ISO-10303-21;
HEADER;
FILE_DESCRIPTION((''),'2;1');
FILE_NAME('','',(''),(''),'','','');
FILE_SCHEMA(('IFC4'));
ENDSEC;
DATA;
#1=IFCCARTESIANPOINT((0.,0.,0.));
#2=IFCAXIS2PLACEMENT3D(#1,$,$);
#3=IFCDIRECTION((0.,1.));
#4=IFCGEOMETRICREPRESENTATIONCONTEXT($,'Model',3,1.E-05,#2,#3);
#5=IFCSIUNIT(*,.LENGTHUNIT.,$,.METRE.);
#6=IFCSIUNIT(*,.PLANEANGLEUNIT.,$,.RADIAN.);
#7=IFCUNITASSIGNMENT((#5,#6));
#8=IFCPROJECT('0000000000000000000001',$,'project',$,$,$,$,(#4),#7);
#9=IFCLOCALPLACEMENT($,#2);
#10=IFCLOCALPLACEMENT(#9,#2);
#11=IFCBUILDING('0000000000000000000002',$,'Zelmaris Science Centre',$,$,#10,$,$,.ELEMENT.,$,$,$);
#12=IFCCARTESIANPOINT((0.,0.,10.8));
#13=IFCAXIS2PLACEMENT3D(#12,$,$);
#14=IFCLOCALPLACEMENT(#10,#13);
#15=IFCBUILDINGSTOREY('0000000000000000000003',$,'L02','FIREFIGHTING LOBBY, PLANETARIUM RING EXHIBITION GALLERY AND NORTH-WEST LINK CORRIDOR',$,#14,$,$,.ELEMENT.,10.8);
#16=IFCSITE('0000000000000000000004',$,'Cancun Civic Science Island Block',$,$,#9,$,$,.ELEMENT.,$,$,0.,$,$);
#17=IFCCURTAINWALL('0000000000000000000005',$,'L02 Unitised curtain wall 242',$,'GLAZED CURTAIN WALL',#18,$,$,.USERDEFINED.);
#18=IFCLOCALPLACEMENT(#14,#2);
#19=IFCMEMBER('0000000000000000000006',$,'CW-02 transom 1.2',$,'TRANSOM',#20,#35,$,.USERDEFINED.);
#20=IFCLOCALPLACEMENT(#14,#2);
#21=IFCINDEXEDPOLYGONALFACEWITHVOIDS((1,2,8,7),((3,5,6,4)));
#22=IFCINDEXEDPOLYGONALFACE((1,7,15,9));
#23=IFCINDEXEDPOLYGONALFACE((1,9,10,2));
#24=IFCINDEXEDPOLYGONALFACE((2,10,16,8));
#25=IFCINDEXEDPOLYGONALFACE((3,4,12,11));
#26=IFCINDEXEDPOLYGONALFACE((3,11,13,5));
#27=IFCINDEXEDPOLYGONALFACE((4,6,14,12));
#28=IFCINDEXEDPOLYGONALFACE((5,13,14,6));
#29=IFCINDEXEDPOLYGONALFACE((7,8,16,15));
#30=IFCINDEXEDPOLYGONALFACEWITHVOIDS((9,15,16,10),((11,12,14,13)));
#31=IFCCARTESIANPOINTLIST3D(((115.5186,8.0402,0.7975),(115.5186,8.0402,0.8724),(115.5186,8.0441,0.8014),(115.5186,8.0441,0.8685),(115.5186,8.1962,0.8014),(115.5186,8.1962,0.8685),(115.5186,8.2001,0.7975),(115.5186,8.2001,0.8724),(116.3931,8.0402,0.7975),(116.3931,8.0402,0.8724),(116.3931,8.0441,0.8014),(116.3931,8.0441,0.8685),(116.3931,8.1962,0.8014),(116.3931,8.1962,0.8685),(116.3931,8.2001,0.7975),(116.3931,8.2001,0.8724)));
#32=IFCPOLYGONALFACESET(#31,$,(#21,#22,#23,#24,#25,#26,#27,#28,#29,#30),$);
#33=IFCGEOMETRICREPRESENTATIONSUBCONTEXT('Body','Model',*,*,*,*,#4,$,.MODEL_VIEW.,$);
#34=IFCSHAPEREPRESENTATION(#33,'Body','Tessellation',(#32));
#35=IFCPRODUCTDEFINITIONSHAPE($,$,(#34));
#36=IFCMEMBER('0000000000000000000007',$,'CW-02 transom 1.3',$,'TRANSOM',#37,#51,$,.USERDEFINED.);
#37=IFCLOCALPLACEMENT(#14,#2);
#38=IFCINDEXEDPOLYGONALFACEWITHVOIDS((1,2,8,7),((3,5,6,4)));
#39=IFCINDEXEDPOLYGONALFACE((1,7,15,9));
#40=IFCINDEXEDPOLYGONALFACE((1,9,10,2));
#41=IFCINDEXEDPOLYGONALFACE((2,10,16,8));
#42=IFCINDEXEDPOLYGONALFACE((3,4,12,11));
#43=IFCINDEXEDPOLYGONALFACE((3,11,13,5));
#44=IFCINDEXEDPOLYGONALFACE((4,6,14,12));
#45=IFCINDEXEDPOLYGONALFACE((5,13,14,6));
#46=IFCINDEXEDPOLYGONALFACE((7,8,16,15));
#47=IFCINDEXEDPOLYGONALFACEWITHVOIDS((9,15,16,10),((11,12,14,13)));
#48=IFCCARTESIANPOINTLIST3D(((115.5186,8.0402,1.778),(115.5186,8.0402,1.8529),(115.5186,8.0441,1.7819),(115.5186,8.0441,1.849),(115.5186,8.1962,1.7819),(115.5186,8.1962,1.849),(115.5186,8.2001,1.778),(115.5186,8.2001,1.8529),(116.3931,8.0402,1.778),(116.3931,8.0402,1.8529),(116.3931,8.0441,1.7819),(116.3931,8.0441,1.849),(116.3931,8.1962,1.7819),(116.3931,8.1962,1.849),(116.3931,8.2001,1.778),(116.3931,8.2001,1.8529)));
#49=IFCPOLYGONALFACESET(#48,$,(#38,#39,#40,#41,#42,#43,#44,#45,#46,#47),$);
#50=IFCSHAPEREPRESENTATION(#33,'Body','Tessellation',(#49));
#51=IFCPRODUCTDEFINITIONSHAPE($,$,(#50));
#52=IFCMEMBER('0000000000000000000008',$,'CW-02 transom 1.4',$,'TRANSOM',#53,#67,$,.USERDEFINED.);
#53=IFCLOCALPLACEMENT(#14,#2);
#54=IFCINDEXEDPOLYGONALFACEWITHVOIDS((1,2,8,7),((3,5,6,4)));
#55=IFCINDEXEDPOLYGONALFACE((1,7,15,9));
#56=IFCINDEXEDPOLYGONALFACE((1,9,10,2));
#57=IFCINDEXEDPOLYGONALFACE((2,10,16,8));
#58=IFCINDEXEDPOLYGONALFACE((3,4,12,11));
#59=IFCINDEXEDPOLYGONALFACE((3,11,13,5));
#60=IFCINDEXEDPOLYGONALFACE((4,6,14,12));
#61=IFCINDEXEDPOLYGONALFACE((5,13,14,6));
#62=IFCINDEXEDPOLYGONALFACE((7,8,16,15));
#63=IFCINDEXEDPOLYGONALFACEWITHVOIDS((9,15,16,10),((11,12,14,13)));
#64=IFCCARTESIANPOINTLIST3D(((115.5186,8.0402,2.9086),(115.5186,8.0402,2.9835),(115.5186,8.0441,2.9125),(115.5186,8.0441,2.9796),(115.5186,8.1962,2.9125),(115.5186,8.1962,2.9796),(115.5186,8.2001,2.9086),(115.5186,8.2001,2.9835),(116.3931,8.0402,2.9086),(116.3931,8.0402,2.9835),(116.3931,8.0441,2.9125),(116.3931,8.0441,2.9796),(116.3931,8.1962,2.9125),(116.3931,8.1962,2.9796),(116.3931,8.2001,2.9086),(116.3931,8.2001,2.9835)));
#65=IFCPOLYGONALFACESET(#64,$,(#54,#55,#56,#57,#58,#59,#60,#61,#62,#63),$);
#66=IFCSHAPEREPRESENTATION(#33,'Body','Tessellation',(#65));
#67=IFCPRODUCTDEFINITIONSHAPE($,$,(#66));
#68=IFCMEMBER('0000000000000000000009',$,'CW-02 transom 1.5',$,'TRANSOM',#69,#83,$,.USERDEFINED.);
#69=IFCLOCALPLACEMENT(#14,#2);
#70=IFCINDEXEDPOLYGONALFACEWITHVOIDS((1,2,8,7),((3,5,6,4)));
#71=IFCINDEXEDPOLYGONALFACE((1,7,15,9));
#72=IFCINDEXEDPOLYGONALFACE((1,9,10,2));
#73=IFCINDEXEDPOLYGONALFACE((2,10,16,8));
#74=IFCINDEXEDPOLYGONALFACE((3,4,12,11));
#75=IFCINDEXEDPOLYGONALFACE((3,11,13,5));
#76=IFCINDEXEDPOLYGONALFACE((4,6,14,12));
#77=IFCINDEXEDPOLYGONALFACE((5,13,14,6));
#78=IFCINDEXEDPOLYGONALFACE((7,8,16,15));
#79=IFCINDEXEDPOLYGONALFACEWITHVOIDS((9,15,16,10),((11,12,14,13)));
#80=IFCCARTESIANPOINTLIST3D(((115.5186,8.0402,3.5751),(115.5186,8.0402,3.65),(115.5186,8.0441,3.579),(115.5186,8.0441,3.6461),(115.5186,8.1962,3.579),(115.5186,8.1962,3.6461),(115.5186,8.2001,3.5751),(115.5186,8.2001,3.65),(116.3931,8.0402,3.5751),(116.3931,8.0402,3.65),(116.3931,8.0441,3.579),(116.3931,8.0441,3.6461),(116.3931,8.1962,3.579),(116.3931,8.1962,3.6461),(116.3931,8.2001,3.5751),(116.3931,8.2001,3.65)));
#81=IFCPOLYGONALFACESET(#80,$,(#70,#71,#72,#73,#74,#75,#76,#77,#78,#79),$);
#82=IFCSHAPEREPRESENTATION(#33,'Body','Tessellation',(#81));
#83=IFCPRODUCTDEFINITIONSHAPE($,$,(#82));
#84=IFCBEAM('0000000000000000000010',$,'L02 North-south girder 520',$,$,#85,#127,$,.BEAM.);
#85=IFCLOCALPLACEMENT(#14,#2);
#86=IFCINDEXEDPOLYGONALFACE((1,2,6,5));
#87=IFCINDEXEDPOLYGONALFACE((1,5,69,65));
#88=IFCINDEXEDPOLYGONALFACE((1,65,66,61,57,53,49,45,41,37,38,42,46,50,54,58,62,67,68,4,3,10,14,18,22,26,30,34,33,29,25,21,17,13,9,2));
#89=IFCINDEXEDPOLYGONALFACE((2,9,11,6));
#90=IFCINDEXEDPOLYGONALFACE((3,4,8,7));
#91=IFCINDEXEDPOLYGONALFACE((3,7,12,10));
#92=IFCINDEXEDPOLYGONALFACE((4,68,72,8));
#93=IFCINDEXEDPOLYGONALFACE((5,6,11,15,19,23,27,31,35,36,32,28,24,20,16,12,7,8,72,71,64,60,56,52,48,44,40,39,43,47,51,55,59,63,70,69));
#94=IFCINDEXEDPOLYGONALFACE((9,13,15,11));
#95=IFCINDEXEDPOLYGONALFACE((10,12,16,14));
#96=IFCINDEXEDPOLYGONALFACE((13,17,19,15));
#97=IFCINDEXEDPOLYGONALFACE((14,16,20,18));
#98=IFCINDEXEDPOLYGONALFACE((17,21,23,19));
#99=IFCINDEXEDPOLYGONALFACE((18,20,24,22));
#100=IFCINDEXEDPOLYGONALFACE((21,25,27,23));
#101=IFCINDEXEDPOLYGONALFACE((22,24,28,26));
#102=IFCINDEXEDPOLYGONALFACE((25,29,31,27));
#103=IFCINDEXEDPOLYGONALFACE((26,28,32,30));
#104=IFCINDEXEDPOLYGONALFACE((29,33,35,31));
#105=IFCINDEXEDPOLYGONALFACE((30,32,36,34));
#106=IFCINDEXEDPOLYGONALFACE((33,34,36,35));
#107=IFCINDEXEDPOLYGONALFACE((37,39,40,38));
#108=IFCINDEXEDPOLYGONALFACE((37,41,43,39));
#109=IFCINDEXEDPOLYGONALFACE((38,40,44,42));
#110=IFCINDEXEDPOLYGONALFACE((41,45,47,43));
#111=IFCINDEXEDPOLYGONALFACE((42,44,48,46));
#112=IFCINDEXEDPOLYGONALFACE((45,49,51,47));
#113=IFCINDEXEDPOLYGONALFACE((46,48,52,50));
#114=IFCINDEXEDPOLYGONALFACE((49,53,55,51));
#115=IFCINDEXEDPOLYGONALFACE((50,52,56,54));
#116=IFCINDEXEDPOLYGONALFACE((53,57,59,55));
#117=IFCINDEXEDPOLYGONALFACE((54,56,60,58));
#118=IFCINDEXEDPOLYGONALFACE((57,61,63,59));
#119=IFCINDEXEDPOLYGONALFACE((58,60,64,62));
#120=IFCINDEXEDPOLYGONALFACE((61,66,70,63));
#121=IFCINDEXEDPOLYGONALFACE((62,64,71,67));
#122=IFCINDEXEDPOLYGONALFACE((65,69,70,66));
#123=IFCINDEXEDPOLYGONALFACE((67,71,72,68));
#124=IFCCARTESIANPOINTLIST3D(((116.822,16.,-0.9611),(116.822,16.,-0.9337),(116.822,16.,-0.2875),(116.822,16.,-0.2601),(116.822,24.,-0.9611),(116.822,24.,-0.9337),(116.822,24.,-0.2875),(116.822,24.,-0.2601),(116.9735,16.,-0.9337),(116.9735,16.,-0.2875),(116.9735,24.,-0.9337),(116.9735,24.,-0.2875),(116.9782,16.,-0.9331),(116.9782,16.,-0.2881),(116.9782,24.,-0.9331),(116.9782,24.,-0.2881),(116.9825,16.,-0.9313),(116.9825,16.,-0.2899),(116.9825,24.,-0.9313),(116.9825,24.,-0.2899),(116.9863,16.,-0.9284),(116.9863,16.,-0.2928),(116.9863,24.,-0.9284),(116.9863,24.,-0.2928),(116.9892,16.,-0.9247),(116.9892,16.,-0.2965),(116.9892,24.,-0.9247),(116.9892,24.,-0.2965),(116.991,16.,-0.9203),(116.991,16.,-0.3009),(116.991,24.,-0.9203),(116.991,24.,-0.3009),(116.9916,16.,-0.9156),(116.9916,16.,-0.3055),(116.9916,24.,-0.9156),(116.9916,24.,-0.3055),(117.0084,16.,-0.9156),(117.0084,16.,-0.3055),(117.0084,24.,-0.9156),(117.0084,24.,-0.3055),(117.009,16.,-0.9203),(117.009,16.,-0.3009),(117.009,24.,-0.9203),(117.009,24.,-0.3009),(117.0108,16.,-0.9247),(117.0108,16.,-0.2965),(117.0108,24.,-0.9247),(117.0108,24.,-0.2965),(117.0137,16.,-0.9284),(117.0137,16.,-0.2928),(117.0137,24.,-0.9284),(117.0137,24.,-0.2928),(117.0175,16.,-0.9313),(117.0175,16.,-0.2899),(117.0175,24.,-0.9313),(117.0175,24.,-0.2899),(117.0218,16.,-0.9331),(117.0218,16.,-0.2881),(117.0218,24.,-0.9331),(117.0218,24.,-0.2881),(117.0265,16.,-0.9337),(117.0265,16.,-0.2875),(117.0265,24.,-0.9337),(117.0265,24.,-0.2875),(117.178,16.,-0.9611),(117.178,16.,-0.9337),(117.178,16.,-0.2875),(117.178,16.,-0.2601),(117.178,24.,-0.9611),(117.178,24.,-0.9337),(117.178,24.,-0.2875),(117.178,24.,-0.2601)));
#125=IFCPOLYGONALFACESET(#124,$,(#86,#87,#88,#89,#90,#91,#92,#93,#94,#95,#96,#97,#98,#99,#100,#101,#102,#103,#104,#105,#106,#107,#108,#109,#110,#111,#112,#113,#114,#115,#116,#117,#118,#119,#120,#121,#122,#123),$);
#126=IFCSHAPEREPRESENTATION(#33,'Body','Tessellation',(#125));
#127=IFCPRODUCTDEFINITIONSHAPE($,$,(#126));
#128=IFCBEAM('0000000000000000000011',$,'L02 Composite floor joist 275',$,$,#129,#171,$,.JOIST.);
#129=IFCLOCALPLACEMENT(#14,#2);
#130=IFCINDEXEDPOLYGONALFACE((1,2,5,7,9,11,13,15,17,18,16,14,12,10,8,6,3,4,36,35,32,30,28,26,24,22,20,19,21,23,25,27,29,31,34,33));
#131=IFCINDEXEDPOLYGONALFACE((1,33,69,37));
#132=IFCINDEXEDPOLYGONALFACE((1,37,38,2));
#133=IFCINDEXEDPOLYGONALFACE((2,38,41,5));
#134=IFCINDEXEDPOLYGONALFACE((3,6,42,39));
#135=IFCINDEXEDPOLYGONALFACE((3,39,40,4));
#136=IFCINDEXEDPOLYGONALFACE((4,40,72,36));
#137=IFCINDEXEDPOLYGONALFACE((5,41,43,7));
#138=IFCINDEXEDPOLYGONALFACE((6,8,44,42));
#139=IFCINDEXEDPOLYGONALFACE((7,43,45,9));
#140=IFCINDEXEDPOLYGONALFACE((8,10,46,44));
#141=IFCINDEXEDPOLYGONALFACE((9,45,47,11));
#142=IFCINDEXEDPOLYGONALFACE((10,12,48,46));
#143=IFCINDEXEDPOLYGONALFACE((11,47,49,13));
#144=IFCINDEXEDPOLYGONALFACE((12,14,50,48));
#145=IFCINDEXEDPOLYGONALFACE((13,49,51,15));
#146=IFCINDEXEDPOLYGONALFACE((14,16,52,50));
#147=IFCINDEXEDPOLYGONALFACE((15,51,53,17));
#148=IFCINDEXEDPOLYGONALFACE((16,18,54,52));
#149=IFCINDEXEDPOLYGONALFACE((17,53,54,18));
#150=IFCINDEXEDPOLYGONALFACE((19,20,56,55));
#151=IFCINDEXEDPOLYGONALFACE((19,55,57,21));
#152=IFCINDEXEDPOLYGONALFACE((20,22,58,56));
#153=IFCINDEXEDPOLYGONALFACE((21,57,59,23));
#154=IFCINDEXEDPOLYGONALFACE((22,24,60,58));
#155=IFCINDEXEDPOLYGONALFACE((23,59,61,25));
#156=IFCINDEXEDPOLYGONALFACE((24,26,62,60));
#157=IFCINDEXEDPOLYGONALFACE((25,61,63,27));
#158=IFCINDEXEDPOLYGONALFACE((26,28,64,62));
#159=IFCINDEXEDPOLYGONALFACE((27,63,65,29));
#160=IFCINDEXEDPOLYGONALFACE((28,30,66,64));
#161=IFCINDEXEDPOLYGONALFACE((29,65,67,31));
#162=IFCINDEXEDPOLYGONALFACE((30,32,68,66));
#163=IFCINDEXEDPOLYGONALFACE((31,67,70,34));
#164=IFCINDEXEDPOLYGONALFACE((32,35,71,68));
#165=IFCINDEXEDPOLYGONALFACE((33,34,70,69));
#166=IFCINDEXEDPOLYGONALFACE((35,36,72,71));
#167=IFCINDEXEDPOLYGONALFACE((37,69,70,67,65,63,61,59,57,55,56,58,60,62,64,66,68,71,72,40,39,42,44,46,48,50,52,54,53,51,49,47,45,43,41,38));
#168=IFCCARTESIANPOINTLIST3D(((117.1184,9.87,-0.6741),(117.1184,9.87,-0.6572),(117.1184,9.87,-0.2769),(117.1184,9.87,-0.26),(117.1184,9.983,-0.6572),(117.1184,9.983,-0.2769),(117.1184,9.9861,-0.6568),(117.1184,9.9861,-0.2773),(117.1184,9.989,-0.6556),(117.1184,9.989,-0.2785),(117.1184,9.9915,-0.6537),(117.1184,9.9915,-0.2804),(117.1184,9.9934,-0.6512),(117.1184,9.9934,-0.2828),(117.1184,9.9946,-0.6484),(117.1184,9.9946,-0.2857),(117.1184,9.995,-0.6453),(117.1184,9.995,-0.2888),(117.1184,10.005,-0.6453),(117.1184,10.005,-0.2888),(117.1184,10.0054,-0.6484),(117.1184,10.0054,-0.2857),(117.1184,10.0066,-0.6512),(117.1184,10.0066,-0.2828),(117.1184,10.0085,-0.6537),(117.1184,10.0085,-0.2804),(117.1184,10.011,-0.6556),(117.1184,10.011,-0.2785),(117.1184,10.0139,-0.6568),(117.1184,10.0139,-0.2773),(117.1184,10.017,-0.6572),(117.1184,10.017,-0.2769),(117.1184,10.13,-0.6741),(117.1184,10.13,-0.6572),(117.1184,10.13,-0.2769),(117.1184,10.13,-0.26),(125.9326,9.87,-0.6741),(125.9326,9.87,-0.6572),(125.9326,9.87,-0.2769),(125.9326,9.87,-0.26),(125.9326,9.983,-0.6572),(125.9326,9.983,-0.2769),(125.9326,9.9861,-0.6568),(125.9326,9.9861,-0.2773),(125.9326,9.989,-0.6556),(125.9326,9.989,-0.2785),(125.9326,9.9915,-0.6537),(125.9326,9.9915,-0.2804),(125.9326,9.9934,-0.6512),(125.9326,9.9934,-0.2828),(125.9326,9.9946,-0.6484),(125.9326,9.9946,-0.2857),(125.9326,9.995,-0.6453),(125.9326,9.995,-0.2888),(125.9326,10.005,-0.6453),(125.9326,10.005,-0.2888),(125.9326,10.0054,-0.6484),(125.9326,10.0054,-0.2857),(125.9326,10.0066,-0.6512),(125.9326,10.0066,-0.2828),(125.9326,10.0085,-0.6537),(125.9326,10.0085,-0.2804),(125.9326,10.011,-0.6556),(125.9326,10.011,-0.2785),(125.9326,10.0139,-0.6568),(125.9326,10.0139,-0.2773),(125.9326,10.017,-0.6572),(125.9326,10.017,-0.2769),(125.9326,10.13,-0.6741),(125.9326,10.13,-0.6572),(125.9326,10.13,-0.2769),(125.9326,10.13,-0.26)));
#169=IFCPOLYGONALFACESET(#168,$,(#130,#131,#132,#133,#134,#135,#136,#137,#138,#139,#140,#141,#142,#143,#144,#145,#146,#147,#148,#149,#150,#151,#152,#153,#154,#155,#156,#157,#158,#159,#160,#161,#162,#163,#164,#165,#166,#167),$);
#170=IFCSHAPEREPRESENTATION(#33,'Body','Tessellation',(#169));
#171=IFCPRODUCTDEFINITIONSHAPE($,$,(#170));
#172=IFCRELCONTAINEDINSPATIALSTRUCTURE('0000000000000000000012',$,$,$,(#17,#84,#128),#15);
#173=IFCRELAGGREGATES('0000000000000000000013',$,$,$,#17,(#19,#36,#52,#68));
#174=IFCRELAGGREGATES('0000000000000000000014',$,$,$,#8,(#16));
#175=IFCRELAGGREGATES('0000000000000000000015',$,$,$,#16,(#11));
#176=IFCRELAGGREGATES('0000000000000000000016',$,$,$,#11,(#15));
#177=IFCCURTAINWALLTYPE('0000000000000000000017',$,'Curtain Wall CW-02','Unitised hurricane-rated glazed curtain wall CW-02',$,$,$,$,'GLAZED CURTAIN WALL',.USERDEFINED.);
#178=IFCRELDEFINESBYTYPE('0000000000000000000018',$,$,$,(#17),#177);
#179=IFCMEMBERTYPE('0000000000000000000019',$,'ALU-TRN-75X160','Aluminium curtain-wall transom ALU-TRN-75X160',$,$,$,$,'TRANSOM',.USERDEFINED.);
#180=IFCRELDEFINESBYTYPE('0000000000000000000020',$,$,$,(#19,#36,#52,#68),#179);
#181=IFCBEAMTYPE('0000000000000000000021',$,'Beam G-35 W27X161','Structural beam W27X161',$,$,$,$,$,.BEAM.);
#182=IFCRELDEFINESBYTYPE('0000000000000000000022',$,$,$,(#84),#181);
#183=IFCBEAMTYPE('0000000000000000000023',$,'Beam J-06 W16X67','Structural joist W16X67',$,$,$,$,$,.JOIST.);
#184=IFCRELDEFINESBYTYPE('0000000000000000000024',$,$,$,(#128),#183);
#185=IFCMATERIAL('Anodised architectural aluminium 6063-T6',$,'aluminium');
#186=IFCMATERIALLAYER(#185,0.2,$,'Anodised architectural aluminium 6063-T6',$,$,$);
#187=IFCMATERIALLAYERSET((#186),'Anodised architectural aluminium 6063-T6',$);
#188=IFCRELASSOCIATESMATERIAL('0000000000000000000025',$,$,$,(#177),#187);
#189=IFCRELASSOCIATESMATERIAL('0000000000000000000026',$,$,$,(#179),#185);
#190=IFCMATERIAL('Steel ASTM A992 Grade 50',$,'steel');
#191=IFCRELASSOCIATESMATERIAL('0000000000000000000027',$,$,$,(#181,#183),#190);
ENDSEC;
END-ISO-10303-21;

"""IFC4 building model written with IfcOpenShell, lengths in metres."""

from ifc_helpers import new_model, si_unit, direction, frame, origin, origin_2d, place, context, subcontext, project, spatial, hollow_rectangle, i_section, extrude, material, layer, layer_set, material_profile, profile_set, type_object, element, aggregate, save


model = new_model("IFC4")

# Units and contexts
model_context = context("Model", 3, precision=1e-05, world=origin(), true_north=direction((0.0, 1.0)))
body_context = subcontext(model_context, "Body", "Model", "MODEL_VIEW")
ifc_project = project(units=[si_unit("LENGTHUNIT", "METRE"), si_unit("PLANEANGLEUNIT", "RADIAN")], contexts=[model_context])

# Site, building, storey
site_placement = place(None, origin())
site = spatial("IfcSite", under=ifc_project, at=site_placement, Name="Cancun Civic Science Island Block", CompositionType="ELEMENT", RefElevation=0.0)
building_placement = place(site_placement, origin())
building = spatial("IfcBuilding", under=site, at=building_placement, Name="Zelmaris Science Centre", CompositionType="ELEMENT")
storey_placement = place(building_placement, frame((0.0, 0.0, 10.8)))
storey = spatial("IfcBuildingStorey", under=building, at=storey_placement, Name="L02", Description="FIREFIGHTING LOBBY, PLANETARIUM RING EXHIBITION GALLERY AND NORTH-WEST LINK CORRIDOR", CompositionType="ELEMENT", Elevation=10.8)

# Shared definitions
ifc_material_1 = material(Name="Steel ASTM A992 Grade 50", Category="steel")

# Curtain wall
ifc_material_2 = material(Name="Anodised architectural aluminium 6063-T6", Category="aluminium")
ifc_layer_1 = layer(ifc_material_2, 0.2, Name="Anodised architectural aluminium 6063-T6")
ifc_layer_set_1 = layer_set([ifc_layer_1], Name="Anodised architectural aluminium 6063-T6")
curtain_wall_type_1 = type_object("IfcCurtainWallType", Name="Curtain Wall CW-02", Description="Unitised hurricane-rated glazed curtain wall CW-02", ElementType="GLAZED CURTAIN WALL", PredefinedType="USERDEFINED", material=ifc_layer_set_1)
curtain_wall_1_placement = place(storey_placement, origin())
curtain_wall_1 = element("IfcCurtainWall", 1, at=curtain_wall_1_placement, inside=storey, type_object=curtain_wall_type_1, Name="L02 Unitised curtain wall 242", ObjectType="GLAZED CURTAIN WALL", PredefinedType="USERDEFINED")

# Members
ifc_material_profile_1 = material_profile(ifc_material_2, hollow_rectangle(XDim=0.075, YDim=0.1599, WallThickness=0.0039, at=origin_2d()), Name="ALU-TRN-75X160")
ifc_profile_set_1 = profile_set([ifc_material_profile_1], Name="Anodised architectural aluminium 6063-T6")
member_type_1 = type_object("IfcMemberType", Name="ALU-TRN-75X160", Description="Aluminium curtain-wall transom ALU-TRN-75X160", ElementType="TRANSOM", PredefinedType="USERDEFINED", material=ifc_profile_set_1)
member_1_placement = place(storey_placement, frame((116.3931, 8.1201, 0.835), z_axis=(-1.0, 0.0, 0.0), x_axis=(0.0, 0.0, 1.0)))
member_1 = element("IfcMember", 2, at=member_1_placement, type_object=member_type_1, Name="CW-02 transom 1.2", ObjectType="TRANSOM", PredefinedType="USERDEFINED", context=body_context, shape_type="SweptSolid", body=[
    extrude(hollow_rectangle(XDim=0.075, YDim=0.1599, WallThickness=0.0039, at=origin_2d()), origin(), (0.0, 0.0, 1.0), 0.8745),
])
member_2_placement = place(storey_placement, frame((116.3931, 8.1201, 1.8154), z_axis=(-1.0, 0.0, 0.0), x_axis=(0.0, 0.0, 1.0)))
member_2 = element("IfcMember", 3, at=member_2_placement, type_object=member_type_1, Name="CW-02 transom 1.3", ObjectType="TRANSOM", PredefinedType="USERDEFINED", context=body_context, shape_type="SweptSolid", body=[
    extrude(hollow_rectangle(XDim=0.075, YDim=0.1599, WallThickness=0.0039, at=origin_2d()), origin(), (0.0, 0.0, 1.0), 0.8745),
])
member_3_placement = place(storey_placement, frame((116.3931, 8.1201, 2.946), z_axis=(-1.0, 0.0, 0.0), x_axis=(0.0, 0.0, 1.0)))
member_3 = element("IfcMember", 4, at=member_3_placement, type_object=member_type_1, Name="CW-02 transom 1.4", ObjectType="TRANSOM", PredefinedType="USERDEFINED", context=body_context, shape_type="SweptSolid", body=[
    extrude(hollow_rectangle(XDim=0.075, YDim=0.1599, WallThickness=0.0039, at=origin_2d()), origin(), (0.0, 0.0, 1.0), 0.8745),
])
member_4_placement = place(storey_placement, frame((116.3931, 8.1201, 3.6125), z_axis=(-1.0, 0.0, 0.0), x_axis=(0.0, 0.0, 1.0)))
member_4 = element("IfcMember", 5, at=member_4_placement, type_object=member_type_1, Name="CW-02 transom 1.5", ObjectType="TRANSOM", PredefinedType="USERDEFINED", context=body_context, shape_type="SweptSolid", body=[
    extrude(hollow_rectangle(XDim=0.075, YDim=0.1599, WallThickness=0.0039, at=origin_2d()), origin(), (0.0, 0.0, 1.0), 0.8745),
])

# Beams
ifc_material_profile_2 = material_profile(ifc_material_1, i_section(OverallWidth=0.356, OverallDepth=0.7009, WebThickness=0.0168, FlangeThickness=0.0273, FilletRadius=0.0181, at=origin_2d()), Name="W27X161")
ifc_profile_set_2 = profile_set([ifc_material_profile_2], Name="Steel ASTM A992 Grade 50")
beam_type_1 = type_object("IfcBeamType", Name="Beam G-35 W27X161", Description="Structural beam W27X161", PredefinedType="BEAM", material=ifc_profile_set_2)
beam_1_placement = place(storey_placement, frame((117.0, 16.0, -0.6106), z_axis=(0.0, 1.0, 0.0), x_axis=(-1.0, 0.0, 0.0)))
element("IfcBeam", 6, at=beam_1_placement, inside=storey, type_object=beam_type_1, Name="L02 North-south girder 520", PredefinedType="BEAM", context=body_context, shape_type="SweptSolid", body=[
    extrude(i_section(OverallWidth=0.356, OverallDepth=0.7009, WebThickness=0.0168, FlangeThickness=0.0273, FilletRadius=0.0181, at=origin_2d()), origin(), (0.0, 0.0, 1.0), 8.0),
])
ifc_material_profile_3 = material_profile(ifc_material_1, i_section(OverallWidth=0.26, OverallDepth=0.4141, WebThickness=0.01, FlangeThickness=0.0168, FilletRadius=0.012, at=origin_2d()), Name="W16X67")
ifc_profile_set_3 = profile_set([ifc_material_profile_3], Name="Steel ASTM A992 Grade 50")
beam_type_2 = type_object("IfcBeamType", Name="Beam J-06 W16X67", Description="Structural joist W16X67", PredefinedType="JOIST", material=ifc_profile_set_3)
beam_2_placement = place(storey_placement, frame((117.1184, 10.0, -0.467), z_axis=(1.0, 0.0, 0.0), x_axis=(0.0, 1.0, 0.0)))
element("IfcBeam", 7, at=beam_2_placement, inside=storey, type_object=beam_type_2, Name="L02 Composite floor joist 275", PredefinedType="JOIST", context=body_context, shape_type="SweptSolid", body=[
    extrude(i_section(OverallWidth=0.26, OverallDepth=0.4141, WebThickness=0.01, FlangeThickness=0.0168, FilletRadius=0.012, at=origin_2d()), origin(), (0.0, 0.0, 1.0), 8.8142),
])

aggregate(curtain_wall_1, [member_1, member_2, member_3, member_4])

save(model, "model.ifc")
